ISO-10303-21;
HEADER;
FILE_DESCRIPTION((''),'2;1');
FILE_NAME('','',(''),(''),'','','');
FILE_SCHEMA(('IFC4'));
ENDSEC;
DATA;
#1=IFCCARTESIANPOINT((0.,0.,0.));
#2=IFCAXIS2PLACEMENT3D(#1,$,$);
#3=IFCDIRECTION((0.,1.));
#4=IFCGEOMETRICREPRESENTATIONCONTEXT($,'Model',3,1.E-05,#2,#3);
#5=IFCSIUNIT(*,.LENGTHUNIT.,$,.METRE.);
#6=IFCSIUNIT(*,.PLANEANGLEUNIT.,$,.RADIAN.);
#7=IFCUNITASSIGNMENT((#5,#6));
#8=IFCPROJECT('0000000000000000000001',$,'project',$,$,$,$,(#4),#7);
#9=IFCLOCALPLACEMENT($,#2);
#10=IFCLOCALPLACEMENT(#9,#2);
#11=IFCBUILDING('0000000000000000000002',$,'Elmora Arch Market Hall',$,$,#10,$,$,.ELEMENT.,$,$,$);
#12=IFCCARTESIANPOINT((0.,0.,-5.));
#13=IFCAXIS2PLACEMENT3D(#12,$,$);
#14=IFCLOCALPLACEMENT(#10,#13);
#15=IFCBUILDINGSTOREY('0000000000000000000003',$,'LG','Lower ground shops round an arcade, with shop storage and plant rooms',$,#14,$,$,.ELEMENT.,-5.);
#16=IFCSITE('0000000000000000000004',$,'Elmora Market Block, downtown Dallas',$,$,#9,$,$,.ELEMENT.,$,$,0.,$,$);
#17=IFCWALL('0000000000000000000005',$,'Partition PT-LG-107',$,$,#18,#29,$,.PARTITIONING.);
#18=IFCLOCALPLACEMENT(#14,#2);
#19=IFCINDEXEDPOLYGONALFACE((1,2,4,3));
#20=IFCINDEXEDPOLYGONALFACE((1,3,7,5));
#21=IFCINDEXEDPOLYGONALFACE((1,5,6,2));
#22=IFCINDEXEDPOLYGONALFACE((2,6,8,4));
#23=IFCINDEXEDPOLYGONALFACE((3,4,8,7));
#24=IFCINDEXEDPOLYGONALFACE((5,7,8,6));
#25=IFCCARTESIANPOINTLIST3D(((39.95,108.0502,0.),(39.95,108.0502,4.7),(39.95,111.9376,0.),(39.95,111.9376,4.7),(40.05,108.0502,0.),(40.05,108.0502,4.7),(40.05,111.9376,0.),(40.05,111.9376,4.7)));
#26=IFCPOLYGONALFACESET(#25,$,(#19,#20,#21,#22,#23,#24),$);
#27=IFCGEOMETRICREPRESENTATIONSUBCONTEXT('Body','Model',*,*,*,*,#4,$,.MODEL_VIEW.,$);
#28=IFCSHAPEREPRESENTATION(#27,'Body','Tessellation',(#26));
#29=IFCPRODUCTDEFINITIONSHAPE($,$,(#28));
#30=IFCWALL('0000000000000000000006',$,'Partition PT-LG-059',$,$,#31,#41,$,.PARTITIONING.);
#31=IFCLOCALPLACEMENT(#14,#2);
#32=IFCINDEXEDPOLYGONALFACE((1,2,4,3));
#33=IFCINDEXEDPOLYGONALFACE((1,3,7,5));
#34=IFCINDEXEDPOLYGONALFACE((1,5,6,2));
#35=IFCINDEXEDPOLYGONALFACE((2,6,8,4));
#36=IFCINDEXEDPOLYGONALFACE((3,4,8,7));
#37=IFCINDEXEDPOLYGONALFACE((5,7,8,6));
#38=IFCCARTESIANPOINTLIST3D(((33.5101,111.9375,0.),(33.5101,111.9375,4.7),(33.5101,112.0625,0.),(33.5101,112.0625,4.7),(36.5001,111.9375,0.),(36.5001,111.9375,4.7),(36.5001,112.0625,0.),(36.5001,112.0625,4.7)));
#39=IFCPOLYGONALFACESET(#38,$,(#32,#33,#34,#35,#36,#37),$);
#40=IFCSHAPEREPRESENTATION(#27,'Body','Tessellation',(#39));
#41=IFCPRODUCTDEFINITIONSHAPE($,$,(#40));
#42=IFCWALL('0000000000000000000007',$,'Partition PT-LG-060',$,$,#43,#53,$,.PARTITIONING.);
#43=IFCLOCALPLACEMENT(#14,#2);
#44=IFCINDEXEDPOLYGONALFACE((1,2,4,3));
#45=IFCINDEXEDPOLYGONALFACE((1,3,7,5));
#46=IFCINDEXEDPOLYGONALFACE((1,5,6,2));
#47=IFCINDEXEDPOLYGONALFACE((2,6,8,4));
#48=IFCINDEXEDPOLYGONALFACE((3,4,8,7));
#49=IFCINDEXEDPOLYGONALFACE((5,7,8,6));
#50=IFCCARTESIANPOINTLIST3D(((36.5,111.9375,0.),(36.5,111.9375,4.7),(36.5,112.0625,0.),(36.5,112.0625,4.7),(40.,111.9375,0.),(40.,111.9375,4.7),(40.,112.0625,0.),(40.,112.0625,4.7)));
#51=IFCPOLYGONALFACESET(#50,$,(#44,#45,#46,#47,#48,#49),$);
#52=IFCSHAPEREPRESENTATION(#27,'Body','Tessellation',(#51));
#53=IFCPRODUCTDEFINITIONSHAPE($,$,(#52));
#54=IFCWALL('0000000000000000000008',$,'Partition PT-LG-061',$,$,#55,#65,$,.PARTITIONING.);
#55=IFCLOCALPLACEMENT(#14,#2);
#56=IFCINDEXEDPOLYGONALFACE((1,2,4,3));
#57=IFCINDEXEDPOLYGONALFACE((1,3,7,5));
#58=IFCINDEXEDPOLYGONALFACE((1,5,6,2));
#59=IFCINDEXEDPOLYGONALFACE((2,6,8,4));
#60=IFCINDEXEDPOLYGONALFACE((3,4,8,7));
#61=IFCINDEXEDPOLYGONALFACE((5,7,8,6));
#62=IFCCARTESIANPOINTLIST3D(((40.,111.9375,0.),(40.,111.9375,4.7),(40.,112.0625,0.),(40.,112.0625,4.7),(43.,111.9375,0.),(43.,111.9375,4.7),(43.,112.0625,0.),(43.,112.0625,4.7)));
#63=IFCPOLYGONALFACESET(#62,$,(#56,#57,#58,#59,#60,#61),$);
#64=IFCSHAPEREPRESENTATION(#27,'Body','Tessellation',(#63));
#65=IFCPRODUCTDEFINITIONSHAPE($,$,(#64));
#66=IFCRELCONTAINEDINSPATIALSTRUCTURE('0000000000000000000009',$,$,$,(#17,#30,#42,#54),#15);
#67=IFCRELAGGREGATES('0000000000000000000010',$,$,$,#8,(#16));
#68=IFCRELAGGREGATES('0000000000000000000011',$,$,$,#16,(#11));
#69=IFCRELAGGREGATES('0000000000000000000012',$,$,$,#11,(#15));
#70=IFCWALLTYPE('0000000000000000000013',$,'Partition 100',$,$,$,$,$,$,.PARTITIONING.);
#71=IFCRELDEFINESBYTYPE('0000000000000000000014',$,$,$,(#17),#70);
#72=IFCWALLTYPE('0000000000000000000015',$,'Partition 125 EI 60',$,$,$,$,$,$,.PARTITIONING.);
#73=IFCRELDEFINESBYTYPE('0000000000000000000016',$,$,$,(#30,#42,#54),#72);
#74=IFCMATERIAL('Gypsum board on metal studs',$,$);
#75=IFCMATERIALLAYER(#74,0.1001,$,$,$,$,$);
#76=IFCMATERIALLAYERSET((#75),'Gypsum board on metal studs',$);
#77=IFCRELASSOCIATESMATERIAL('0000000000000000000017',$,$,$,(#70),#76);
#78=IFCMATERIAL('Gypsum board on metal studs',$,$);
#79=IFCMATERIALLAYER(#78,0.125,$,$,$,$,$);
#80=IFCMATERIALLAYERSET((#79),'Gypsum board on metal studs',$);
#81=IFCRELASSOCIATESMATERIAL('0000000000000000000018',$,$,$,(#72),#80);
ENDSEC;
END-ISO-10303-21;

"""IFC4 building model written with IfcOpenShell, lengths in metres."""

from ifc_helpers import new_model, si_unit, direction, frame, frame_2d, origin, place, context, subcontext, project, spatial, rectangle, extrude, material, layer, layer_set, type_object, element, save


model = new_model("IFC4")

# Units and contexts
model_context = context("Model", 3, precision=1e-05, world=origin(), true_north=direction((0.0, 1.0)))
body_context = subcontext(model_context, "Body", "Model", "MODEL_VIEW")
ifc_project = project(units=[si_unit("LENGTHUNIT", "METRE"), si_unit("PLANEANGLEUNIT", "RADIAN")], contexts=[model_context])

# Site, building, storey
site_placement = place(None, origin())
site = spatial("IfcSite", under=ifc_project, at=site_placement, Name="Elmora Market Block, downtown Dallas", CompositionType="ELEMENT", RefElevation=0.0)
building_placement = place(site_placement, origin())
building = spatial("IfcBuilding", under=site, at=building_placement, Name="Elmora Arch Market Hall", CompositionType="ELEMENT")
storey_placement = place(building_placement, frame((0.0, 0.0, -5.0)))
storey = spatial("IfcBuildingStorey", under=building, at=storey_placement, Name="LG", Description="Lower ground shops round an arcade, with shop storage and plant rooms", CompositionType="ELEMENT", Elevation=-5.0)

# Shared definitions
ifc_material_1 = material(Name="Gypsum board on metal studs")
ifc_layer_1 = layer(ifc_material_1, 0.1001)
ifc_layer_set_1 = layer_set([ifc_layer_1], Name="Gypsum board on metal studs")
wall_type_1 = type_object("IfcWallType", Name="Partition 100", PredefinedType="PARTITIONING", material=ifc_layer_set_1)

# Walls
wall_1_placement = place(storey_placement, frame((40.0, 108.05, 0.0), z_axis=(0.0, 0.0, 1.0), x_axis=(0.0, 1.0, 0.0)))
element("IfcWall", 1, at=wall_1_placement, inside=storey, type_object=wall_type_1, Name="Partition PT-LG-107", PredefinedType="PARTITIONING", context=body_context, shape_type="SweptSolid", body=[
    extrude(rectangle(XDim=3.8875, YDim=0.1001, at=frame_2d((1.9438, 0.0))), origin(), (0.0, 0.0, 1.0), 4.7),
])
ifc_material_2 = material(Name="Gypsum board on metal studs")
ifc_layer_2 = layer(ifc_material_2, 0.125)
ifc_layer_set_2 = layer_set([ifc_layer_2], Name="Gypsum board on metal studs")
wall_type_2 = type_object("IfcWallType", Name="Partition 125 EI 60", PredefinedType="PARTITIONING", material=ifc_layer_set_2)
wall_2_placement = place(storey_placement, frame((33.51, 112.0, 0.0), z_axis=(0.0, 0.0, 1.0), x_axis=(1.0, 0.0, 0.0)))
element("IfcWall", 2, at=wall_2_placement, inside=storey, type_object=wall_type_2, Name="Partition PT-LG-059", PredefinedType="PARTITIONING", context=body_context, shape_type="SweptSolid", body=[
    extrude(rectangle(XDim=2.99, YDim=0.125, at=frame_2d((1.4951, 0.0))), origin(), (0.0, 0.0, 1.0), 4.7),
])
wall_3_placement = place(storey_placement, frame((36.5, 112.0, 0.0), z_axis=(0.0, 0.0, 1.0), x_axis=(1.0, 0.0, 0.0)))
element("IfcWall", 3, at=wall_3_placement, inside=storey, type_object=wall_type_2, Name="Partition PT-LG-060", PredefinedType="PARTITIONING", context=body_context, shape_type="SweptSolid", body=[
    extrude(rectangle(XDim=3.5, YDim=0.125, at=frame_2d((1.75, 0.0))), origin(), (0.0, 0.0, 1.0), 4.7),
])
wall_4_placement = place(storey_placement, frame((40.0, 112.0, 0.0), z_axis=(0.0, 0.0, 1.0), x_axis=(1.0, 0.0, 0.0)))
element("IfcWall", 4, at=wall_4_placement, inside=storey, type_object=wall_type_2, Name="Partition PT-LG-061", PredefinedType="PARTITIONING", context=body_context, shape_type="SweptSolid", body=[
    extrude(rectangle(XDim=3.0, YDim=0.125, at=frame_2d((1.5, 0.0))), origin(), (0.0, 0.0, 1.0), 4.7),
])

save(model, "model.ifc")
